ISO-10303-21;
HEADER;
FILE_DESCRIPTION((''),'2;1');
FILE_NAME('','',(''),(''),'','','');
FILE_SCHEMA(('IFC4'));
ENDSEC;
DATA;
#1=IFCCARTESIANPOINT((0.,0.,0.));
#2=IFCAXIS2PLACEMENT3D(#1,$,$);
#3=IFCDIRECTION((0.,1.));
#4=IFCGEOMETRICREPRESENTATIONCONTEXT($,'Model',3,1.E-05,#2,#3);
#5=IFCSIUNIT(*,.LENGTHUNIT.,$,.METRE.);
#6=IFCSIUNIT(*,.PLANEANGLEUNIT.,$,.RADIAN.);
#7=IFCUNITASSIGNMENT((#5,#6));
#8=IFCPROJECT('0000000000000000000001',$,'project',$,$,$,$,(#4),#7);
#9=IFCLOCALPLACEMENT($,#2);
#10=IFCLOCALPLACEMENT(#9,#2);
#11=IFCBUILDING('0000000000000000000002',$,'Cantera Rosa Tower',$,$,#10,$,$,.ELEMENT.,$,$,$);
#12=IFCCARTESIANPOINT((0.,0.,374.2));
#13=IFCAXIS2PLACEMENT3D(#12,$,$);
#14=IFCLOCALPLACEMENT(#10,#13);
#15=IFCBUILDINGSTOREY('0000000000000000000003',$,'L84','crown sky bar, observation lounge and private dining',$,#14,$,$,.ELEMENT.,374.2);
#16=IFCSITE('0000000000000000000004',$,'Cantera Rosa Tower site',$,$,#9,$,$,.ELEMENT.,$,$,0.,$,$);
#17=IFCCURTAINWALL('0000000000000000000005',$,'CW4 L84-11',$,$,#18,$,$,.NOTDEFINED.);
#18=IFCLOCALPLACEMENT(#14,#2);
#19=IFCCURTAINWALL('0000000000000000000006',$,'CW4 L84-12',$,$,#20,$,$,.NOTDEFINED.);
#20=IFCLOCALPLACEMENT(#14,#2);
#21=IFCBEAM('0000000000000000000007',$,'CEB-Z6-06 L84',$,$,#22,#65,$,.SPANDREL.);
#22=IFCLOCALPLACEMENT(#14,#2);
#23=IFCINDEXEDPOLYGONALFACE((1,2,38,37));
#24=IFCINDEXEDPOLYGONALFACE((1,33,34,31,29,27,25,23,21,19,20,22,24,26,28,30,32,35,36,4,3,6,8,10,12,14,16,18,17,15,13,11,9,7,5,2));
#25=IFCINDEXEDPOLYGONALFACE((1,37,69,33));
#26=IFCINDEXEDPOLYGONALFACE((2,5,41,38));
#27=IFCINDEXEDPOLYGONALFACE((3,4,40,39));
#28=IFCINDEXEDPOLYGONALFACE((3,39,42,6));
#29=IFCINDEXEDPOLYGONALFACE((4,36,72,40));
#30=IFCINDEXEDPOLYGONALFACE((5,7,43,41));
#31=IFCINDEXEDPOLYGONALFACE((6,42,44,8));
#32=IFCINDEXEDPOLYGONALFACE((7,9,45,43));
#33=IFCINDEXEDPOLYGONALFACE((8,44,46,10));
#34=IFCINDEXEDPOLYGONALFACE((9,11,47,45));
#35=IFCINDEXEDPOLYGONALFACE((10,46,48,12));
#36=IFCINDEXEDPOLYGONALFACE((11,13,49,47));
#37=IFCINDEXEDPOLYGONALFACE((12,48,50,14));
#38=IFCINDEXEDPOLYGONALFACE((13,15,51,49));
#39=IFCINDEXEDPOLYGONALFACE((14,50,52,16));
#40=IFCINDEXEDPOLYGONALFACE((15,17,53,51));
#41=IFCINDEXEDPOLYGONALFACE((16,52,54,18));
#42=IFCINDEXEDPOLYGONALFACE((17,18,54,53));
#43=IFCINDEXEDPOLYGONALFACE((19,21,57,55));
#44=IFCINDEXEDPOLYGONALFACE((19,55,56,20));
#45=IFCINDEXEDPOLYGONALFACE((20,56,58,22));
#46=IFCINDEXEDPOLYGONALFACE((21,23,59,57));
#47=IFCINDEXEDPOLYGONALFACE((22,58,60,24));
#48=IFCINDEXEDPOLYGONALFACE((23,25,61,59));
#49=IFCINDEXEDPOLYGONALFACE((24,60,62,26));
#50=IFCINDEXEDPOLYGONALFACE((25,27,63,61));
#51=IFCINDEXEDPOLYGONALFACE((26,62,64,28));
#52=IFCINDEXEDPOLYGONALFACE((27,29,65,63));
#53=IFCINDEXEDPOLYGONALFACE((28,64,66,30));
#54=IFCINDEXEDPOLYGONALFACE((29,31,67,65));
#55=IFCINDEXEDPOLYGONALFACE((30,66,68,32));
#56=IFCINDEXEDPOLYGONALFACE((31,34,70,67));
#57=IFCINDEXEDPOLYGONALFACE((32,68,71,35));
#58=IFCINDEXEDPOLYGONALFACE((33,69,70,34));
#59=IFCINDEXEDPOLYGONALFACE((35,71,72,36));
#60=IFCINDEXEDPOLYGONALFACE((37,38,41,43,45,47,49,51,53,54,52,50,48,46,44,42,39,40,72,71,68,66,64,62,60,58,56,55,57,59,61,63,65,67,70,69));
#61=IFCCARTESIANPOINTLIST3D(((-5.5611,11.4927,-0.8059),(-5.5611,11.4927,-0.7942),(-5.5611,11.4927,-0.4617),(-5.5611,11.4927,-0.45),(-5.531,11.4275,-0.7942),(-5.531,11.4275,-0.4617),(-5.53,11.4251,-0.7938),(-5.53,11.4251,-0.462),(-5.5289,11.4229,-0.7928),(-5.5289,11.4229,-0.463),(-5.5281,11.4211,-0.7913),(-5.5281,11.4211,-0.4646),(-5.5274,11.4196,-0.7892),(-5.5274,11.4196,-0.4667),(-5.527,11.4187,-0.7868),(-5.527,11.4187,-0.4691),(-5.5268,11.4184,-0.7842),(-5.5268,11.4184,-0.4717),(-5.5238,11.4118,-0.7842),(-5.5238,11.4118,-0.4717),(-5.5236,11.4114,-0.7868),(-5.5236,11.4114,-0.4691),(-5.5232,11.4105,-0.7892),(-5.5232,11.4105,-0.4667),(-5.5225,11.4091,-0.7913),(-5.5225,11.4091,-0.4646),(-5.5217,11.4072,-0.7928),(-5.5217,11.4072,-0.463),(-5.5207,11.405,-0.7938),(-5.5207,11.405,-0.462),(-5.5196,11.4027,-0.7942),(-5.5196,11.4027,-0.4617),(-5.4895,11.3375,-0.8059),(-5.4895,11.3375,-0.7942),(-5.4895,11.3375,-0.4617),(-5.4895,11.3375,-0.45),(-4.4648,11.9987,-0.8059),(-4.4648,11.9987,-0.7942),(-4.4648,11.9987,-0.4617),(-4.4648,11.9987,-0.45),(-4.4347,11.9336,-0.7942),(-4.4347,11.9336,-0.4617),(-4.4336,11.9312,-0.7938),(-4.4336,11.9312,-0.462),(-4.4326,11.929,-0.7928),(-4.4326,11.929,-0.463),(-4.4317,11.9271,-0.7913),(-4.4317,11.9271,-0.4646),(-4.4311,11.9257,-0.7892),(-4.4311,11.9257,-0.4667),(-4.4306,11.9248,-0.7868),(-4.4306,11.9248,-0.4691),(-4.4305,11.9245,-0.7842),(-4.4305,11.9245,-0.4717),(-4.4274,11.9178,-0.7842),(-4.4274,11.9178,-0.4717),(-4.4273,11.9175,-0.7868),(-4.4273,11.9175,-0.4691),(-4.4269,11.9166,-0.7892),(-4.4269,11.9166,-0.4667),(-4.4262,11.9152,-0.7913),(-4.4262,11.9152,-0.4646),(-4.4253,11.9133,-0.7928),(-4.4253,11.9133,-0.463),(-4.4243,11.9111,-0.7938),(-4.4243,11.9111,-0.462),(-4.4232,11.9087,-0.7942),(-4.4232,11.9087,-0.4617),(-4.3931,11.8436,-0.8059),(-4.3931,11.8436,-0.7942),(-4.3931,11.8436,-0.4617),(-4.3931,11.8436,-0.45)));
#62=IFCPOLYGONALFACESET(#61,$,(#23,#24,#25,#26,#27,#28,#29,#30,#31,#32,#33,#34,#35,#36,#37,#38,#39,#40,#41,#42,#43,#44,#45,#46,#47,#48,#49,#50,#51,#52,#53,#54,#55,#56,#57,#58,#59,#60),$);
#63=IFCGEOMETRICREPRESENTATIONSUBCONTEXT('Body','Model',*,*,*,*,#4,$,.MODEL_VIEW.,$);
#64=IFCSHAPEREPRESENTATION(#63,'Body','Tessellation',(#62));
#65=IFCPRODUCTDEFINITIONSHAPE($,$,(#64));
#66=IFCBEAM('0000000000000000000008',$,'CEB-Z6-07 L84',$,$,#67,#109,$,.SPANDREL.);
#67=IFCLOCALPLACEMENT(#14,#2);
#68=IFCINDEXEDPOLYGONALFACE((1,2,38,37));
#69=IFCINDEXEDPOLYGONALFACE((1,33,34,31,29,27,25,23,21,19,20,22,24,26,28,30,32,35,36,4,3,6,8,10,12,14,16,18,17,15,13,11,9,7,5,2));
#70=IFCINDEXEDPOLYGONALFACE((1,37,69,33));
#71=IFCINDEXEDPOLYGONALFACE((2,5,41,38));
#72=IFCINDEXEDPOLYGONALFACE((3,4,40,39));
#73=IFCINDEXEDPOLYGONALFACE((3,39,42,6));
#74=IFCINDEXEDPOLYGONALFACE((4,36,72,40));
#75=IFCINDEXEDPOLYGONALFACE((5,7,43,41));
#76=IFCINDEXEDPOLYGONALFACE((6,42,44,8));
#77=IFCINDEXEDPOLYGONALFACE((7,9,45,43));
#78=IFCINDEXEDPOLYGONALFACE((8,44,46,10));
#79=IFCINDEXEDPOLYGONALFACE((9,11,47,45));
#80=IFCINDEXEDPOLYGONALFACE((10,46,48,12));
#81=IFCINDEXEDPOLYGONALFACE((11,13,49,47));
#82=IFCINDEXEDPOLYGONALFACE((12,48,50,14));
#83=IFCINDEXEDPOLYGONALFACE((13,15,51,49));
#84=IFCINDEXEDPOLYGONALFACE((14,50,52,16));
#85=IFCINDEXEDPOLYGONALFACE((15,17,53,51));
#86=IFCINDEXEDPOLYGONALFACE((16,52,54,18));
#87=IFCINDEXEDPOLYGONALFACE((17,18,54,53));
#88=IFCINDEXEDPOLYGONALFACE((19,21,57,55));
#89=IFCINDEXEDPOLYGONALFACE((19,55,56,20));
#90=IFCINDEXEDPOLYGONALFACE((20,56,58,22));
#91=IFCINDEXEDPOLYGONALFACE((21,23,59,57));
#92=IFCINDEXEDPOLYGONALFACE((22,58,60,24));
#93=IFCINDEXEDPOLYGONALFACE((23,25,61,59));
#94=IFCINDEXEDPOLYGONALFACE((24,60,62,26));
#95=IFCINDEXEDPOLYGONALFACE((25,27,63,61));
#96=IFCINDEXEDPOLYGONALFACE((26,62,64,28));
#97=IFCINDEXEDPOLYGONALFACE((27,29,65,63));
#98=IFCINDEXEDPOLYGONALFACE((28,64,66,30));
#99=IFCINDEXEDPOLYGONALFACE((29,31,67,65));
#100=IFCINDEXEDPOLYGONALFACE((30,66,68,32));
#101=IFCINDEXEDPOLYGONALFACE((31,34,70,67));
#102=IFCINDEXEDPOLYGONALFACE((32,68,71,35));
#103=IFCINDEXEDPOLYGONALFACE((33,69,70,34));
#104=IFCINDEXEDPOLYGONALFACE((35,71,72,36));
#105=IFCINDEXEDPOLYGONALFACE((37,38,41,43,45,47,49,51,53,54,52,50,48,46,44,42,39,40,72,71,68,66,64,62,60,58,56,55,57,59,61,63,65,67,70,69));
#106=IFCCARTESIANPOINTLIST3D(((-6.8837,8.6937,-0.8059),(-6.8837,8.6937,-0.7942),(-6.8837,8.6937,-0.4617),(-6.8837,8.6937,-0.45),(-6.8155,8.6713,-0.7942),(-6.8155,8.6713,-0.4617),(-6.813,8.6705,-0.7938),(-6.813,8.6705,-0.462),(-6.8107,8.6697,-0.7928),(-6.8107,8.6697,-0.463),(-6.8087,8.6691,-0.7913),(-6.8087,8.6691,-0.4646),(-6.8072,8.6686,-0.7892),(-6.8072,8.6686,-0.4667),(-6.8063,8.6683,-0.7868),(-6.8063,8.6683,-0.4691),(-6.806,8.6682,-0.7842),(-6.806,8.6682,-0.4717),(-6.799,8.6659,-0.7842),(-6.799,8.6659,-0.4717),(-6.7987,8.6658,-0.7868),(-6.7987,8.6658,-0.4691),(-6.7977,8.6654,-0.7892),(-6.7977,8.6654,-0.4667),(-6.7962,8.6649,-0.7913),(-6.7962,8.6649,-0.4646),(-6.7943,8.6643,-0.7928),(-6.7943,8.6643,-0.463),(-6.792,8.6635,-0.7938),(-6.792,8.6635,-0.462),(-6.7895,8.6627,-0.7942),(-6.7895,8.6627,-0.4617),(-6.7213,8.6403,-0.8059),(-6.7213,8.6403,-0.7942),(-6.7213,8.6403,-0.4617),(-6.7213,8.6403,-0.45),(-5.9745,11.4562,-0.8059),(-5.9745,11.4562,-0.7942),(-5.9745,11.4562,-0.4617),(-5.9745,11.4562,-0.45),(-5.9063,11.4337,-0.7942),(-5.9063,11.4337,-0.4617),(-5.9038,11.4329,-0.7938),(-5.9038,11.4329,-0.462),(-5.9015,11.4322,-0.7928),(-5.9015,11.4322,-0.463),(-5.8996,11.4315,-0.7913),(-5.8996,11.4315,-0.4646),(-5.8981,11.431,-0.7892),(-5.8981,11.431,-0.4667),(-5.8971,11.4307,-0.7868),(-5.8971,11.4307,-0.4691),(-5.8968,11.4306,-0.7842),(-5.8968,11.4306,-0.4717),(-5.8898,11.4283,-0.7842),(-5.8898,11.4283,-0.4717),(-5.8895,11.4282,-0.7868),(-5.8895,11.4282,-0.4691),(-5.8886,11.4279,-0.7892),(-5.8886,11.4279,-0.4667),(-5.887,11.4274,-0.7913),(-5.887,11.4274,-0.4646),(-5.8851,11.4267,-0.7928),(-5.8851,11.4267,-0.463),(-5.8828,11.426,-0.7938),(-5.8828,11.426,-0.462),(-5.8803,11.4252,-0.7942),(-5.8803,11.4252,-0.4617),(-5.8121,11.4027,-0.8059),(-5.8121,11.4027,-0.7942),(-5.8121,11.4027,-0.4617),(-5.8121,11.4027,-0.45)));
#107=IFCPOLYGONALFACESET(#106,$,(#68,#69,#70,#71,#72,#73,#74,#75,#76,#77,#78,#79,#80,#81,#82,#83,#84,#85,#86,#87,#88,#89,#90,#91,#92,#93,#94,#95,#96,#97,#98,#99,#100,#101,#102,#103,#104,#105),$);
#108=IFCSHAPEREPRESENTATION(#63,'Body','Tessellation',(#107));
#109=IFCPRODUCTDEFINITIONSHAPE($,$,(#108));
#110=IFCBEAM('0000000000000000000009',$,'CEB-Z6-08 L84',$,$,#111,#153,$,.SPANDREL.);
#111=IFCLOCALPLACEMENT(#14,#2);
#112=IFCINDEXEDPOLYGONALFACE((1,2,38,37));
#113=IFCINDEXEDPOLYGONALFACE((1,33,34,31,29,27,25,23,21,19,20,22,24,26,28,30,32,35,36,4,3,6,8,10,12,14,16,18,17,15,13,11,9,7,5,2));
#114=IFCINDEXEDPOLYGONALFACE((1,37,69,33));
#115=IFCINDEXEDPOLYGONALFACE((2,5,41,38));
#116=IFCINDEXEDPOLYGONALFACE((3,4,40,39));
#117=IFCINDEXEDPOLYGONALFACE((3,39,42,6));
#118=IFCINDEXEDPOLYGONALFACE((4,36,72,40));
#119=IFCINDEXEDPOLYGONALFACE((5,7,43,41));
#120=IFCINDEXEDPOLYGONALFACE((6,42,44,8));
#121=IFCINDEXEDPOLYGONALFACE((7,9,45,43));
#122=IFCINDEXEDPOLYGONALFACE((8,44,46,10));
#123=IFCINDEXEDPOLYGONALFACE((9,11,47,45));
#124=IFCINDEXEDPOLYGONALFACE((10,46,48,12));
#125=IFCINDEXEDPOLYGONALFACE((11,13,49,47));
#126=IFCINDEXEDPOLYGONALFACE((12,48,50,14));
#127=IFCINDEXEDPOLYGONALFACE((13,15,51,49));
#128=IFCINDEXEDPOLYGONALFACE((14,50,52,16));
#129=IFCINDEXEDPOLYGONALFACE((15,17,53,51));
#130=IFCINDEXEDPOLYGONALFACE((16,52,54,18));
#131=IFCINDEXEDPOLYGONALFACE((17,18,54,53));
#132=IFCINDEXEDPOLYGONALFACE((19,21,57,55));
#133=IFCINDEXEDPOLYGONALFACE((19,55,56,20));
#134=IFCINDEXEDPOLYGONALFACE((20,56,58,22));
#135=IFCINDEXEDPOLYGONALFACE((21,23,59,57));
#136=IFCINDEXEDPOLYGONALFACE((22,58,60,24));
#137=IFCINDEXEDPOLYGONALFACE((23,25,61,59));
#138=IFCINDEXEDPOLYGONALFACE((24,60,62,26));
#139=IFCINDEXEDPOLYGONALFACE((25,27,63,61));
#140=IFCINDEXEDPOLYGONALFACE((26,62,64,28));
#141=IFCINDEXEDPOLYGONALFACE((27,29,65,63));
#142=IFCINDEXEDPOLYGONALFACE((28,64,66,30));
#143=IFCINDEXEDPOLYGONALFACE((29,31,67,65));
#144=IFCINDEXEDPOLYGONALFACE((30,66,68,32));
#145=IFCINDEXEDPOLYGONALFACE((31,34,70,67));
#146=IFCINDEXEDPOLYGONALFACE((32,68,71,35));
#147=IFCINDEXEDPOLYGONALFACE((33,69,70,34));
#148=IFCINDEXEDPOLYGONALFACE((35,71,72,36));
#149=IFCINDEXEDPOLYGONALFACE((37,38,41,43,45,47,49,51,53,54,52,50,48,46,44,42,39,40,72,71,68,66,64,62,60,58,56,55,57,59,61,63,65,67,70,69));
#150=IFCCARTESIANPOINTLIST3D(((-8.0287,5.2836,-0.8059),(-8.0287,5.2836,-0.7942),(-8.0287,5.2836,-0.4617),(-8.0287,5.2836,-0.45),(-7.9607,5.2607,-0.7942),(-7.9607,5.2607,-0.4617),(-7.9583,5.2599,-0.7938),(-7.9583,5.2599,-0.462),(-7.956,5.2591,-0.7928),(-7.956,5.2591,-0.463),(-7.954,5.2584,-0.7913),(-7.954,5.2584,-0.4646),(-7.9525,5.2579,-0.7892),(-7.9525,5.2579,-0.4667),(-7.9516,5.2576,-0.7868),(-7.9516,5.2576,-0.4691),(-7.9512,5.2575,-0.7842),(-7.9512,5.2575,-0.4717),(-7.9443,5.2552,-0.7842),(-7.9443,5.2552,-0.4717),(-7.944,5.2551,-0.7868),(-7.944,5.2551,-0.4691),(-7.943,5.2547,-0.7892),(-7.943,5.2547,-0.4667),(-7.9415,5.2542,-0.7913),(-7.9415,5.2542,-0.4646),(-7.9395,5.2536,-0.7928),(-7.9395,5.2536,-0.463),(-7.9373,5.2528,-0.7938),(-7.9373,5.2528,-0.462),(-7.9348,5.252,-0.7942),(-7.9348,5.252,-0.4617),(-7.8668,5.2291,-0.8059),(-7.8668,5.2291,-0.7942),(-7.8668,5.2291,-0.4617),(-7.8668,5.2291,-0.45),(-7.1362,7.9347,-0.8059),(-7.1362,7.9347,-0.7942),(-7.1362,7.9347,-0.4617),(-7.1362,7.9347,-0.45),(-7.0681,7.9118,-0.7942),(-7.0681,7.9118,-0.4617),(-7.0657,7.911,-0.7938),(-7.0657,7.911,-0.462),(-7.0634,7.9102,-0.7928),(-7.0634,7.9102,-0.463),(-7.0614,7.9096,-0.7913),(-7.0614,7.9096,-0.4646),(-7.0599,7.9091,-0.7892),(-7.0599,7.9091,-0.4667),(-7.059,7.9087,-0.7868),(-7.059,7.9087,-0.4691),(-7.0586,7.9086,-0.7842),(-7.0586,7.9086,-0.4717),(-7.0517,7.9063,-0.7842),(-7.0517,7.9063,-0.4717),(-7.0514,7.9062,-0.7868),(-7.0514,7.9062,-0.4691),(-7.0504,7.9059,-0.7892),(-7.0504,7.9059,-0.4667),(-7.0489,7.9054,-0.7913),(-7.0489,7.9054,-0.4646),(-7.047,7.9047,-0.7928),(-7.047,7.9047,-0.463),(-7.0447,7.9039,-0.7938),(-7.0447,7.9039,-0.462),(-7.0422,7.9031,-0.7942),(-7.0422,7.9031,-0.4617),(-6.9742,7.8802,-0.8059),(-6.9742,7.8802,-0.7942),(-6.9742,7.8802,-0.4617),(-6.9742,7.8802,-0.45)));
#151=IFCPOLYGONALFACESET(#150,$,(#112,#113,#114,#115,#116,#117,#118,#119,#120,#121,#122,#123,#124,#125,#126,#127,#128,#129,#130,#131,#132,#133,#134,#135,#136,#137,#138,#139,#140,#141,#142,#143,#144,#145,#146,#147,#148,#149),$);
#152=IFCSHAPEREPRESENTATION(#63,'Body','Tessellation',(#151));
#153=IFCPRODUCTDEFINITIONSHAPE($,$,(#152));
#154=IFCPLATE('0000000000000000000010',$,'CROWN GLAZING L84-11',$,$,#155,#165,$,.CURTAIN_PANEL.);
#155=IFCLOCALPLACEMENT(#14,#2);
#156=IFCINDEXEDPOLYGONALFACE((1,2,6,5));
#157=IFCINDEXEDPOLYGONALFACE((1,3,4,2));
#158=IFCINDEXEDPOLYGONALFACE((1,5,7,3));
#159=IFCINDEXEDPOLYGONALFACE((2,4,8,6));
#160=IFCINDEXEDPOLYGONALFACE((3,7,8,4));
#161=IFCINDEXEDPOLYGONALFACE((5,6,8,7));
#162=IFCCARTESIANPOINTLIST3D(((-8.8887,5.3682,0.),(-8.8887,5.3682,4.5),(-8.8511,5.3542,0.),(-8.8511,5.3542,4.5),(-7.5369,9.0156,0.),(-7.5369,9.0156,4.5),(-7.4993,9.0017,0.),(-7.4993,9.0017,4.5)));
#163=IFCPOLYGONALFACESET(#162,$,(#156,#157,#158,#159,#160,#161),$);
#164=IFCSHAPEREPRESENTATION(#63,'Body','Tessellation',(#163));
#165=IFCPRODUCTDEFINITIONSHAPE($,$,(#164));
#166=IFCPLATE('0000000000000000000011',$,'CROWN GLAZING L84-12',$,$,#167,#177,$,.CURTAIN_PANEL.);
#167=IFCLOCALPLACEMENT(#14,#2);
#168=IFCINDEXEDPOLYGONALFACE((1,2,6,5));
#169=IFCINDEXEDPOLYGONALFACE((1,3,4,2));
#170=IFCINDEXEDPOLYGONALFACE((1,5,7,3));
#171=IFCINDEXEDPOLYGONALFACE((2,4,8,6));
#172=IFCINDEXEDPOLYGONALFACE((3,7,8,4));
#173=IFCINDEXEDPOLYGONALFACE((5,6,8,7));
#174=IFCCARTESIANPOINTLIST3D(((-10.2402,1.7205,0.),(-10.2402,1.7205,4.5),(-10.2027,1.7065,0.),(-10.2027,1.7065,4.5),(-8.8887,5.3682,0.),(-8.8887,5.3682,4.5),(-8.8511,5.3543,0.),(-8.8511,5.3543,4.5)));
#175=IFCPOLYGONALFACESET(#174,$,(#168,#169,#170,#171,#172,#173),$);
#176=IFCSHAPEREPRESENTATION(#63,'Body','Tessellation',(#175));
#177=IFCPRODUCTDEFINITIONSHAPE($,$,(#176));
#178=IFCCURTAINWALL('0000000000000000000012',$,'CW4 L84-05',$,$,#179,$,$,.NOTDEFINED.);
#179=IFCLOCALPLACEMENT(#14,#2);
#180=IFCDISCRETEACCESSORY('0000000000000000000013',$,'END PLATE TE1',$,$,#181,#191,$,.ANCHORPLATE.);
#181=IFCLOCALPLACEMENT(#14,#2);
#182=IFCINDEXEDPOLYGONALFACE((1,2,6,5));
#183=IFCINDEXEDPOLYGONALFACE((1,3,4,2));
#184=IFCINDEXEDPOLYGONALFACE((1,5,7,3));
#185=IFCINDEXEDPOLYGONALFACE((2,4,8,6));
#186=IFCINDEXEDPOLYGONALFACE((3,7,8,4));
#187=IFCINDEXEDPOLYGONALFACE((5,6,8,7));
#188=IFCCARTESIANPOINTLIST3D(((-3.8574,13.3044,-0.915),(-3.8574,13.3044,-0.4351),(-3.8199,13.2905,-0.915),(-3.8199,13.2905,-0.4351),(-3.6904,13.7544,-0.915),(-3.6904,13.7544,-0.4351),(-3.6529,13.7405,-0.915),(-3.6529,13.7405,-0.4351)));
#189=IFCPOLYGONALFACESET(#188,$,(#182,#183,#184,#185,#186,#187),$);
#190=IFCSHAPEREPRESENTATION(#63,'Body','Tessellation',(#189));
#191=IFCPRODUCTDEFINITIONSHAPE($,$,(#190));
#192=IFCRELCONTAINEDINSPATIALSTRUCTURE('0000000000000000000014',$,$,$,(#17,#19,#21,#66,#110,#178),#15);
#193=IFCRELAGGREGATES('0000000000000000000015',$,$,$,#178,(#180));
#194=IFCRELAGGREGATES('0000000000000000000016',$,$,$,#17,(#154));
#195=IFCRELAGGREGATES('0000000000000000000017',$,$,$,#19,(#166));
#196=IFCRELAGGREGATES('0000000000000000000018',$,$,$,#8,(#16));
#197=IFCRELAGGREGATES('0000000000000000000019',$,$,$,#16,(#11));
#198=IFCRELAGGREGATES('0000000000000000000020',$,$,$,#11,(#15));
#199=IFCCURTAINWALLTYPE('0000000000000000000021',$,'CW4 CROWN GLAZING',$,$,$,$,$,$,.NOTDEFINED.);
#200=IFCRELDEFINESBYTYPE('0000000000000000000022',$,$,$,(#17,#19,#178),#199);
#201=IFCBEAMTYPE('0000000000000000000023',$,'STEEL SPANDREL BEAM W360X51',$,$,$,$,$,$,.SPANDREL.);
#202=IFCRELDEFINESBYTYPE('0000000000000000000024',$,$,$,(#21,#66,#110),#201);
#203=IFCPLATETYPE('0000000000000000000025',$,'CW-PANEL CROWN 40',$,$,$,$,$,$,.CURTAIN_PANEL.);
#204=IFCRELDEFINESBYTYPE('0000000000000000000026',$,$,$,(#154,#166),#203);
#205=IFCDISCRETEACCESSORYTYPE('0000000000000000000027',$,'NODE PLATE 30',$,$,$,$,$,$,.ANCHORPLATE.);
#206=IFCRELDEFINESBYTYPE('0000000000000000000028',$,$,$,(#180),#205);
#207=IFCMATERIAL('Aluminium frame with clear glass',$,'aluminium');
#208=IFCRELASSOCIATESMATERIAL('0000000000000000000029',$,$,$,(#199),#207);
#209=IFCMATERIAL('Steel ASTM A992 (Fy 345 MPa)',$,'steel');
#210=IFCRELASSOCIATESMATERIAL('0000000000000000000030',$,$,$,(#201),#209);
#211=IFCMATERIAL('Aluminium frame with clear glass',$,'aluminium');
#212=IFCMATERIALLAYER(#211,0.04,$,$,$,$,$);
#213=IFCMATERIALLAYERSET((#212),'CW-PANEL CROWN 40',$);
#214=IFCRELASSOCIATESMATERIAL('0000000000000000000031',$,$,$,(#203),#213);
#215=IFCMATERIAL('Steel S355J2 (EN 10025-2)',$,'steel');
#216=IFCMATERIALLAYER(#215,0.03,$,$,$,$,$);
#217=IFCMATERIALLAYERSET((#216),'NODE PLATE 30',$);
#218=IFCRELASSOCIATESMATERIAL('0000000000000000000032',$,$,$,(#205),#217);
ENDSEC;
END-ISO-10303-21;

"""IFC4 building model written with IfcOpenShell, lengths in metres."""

from ifc_helpers import new_model, si_unit, direction, frame, origin, origin_2d, place, context, subcontext, project, spatial, polyline, i_section, outline, extrude, material, layer, layer_set, material_profile, profile_set, type_object, element, aggregate, save


model = new_model("IFC4")

# Units and contexts
model_context = context("Model", 3, precision=1e-05, world=origin(), true_north=direction((0.0, 1.0)))
body_context = subcontext(model_context, "Body", "Model", "MODEL_VIEW")
ifc_project = project(units=[si_unit("LENGTHUNIT", "METRE"), si_unit("PLANEANGLEUNIT", "RADIAN")], contexts=[model_context])

# Site, building, storey
site_placement = place(None, origin())
site = spatial("IfcSite", under=ifc_project, at=site_placement, Name="Cantera Rosa Tower site", CompositionType="ELEMENT", RefElevation=0.0)
building_placement = place(site_placement, origin())
building = spatial("IfcBuilding", under=site, at=building_placement, Name="Cantera Rosa Tower", CompositionType="ELEMENT")
storey_placement = place(building_placement, frame((0.0, 0.0, 374.2)))
storey = spatial("IfcBuildingStorey", under=building, at=storey_placement, Name="L84", Description="crown sky bar, observation lounge and private dining", CompositionType="ELEMENT", Elevation=374.2)

# Curtain walls
ifc_material_1 = material(Name="Aluminium frame with clear glass", Category="aluminium")
curtain_wall_type = type_object("IfcCurtainWallType", Name="CW4 CROWN GLAZING", PredefinedType="NOTDEFINED", material=ifc_material_1)
curtain_wall_1_placement = place(storey_placement, origin())
curtain_wall_1 = element("IfcCurtainWall", 1, at=curtain_wall_1_placement, inside=storey, type_object=curtain_wall_type, Name="CW4 L84-11", PredefinedType="NOTDEFINED")
curtain_wall_2_placement = place(storey_placement, origin())
curtain_wall_2 = element("IfcCurtainWall", 2, at=curtain_wall_2_placement, inside=storey, type_object=curtain_wall_type, Name="CW4 L84-12", PredefinedType="NOTDEFINED")

# Beams
ifc_material_2 = material(Name="Steel ASTM A992 (Fy 345 MPa)", Category="steel")
ifc_material_profile_1 = material_profile(ifc_material_2, i_section(OverallWidth=0.1709, OverallDepth=0.356, WebThickness=0.0073, FlangeThickness=0.0117, FilletRadius=0.01, at=origin_2d()), Name="W360X51")
ifc_profile_set_1 = profile_set([ifc_material_profile_1], Name="Steel ASTM A992 (Fy 345 MPa)")
beam_type_1 = type_object("IfcBeamType", Name="STEEL SPANDREL BEAM W360X51", PredefinedType="SPANDREL", material=ifc_profile_set_1)
beam_1_placement = place(storey_placement, frame((-4.429, 11.9211, -0.6279), z_axis=(-0.907942, -0.419097, 0.0), x_axis=(0.419097, -0.907942, 0.0)))
element("IfcBeam", 3, at=beam_1_placement, inside=storey, type_object=beam_type_1, Name="CEB-Z6-06 L84", PredefinedType="SPANDREL", context=body_context, shape_type="SweptSolid", body=[
    extrude(i_section(OverallWidth=0.1709, OverallDepth=0.356, WebThickness=0.0073, FlangeThickness=0.0117, FilletRadius=0.01, at=origin_2d()), origin(), (0.0, 0.0, 1.0), 1.2075),
])
beam_2_placement = place(storey_placement, frame((-5.8933, 11.4294, -0.6279), z_axis=(-0.312624, -0.949877, 0.0), x_axis=(0.949877, -0.312624, 0.0)))
element("IfcBeam", 4, at=beam_2_placement, inside=storey, type_object=beam_type_1, Name="CEB-Z6-07 L84", PredefinedType="SPANDREL", context=body_context, shape_type="SweptSolid", body=[
    extrude(i_section(OverallWidth=0.1709, OverallDepth=0.356, WebThickness=0.0073, FlangeThickness=0.0117, FilletRadius=0.01, at=origin_2d()), origin(), (0.0, 0.0, 1.0), 2.9082),
])
beam_3_placement = place(storey_placement, frame((-7.0552, 7.9075, -0.6279), z_axis=(-0.31908, -0.947728, 0.0), x_axis=(0.947728, -0.31908, 0.0)))
element("IfcBeam", 5, at=beam_3_placement, inside=storey, type_object=beam_type_1, Name="CEB-Z6-08 L84", PredefinedType="SPANDREL", context=body_context, shape_type="SweptSolid", body=[
    extrude(i_section(OverallWidth=0.1709, OverallDepth=0.356, WebThickness=0.0073, FlangeThickness=0.0117, FilletRadius=0.01, at=origin_2d()), origin(), (0.0, 0.0, 1.0), 2.7974),
])

# Plates
ifc_material_3 = material(Name="Aluminium frame with clear glass", Category="aluminium")
ifc_layer_1 = layer(ifc_material_3, 0.04)
ifc_layer_set_1 = layer_set([ifc_layer_1], Name="CW-PANEL CROWN 40")
plate_type = type_object("IfcPlateType", Name="CW-PANEL CROWN 40", PredefinedType="CURTAIN_PANEL", material=ifc_layer_set_1)
plate_1_placement = place(storey_placement, frame((-7.5369, 9.0156, 0.0), z_axis=(-0.937674, 0.347517, 0.0), x_axis=(-0.347517, -0.937674, 0.0)))
plate_1 = element("IfcPlate", 6, at=plate_1_placement, type_object=plate_type, Name="CROWN GLAZING L84-11", PredefinedType="CURTAIN_PANEL", context=body_context, shape_type="SweptSolid", body=[
    extrude(outline(polyline([(0.0, 0.0), (3.8899, 0.0), (3.8899, 4.5), (0.0, 4.5), (0.0, 0.0)])), origin(), (0.0, 0.0, -1.0), 0.04),
])
plate_2_placement = place(storey_placement, frame((-8.8887, 5.3682, 0.0), z_axis=(-0.937702, 0.347441, 0.0), x_axis=(-0.347441, -0.937702, 0.0)))
plate_2 = element("IfcPlate", 7, at=plate_2_placement, type_object=plate_type, Name="CROWN GLAZING L84-12", PredefinedType="CURTAIN_PANEL", context=body_context, shape_type="SweptSolid", body=[
    extrude(outline(polyline([(0.0, 0.0), (3.89, 0.0), (3.89, 4.5), (0.0, 4.5), (0.0, 0.0)])), origin(), (0.0, 0.0, -1.0), 0.04),
])

# Curtain wall, discrete accessory
curtain_wall_3_placement = place(storey_placement, origin())
curtain_wall_3 = element("IfcCurtainWall", 8, at=curtain_wall_3_placement, inside=storey, type_object=curtain_wall_type, Name="CW4 L84-05", PredefinedType="NOTDEFINED")
ifc_material_4 = material(Name="Steel S355J2 (EN 10025-2)", Category="steel")
ifc_layer_2 = layer(ifc_material_4, 0.03)
ifc_layer_set_2 = layer_set([ifc_layer_2], Name="NODE PLATE 30")
discrete_accessory_type = type_object("IfcDiscreteAccessoryType", Name="NODE PLATE 30", PredefinedType="ANCHORPLATE", material=ifc_layer_set_2)
discrete_accessory_1_placement = place(storey_placement, frame((-3.8574, 13.3044, -0.4351), z_axis=(-0.937515, 0.347944, 0.0), x_axis=(0.347944, 0.937515, 0.0)))
discrete_accessory_1 = element("IfcDiscreteAccessory", 9, at=discrete_accessory_1_placement, type_object=discrete_accessory_type, Name="END PLATE TE1", PredefinedType="ANCHORPLATE", context=body_context, shape_type="SweptSolid", body=[
    extrude(outline(polyline([(0.0, 0.0), (0.4799, 0.0), (0.4799, 0.48), (0.0, 0.48), (0.0, 0.0)])), origin(), (0.0, 0.0, -1.0), 0.04),
])
aggregate(curtain_wall_3, [discrete_accessory_1])

aggregate(curtain_wall_1, [plate_1])
aggregate(curtain_wall_2, [plate_2])

save(model, "model.ifc")
